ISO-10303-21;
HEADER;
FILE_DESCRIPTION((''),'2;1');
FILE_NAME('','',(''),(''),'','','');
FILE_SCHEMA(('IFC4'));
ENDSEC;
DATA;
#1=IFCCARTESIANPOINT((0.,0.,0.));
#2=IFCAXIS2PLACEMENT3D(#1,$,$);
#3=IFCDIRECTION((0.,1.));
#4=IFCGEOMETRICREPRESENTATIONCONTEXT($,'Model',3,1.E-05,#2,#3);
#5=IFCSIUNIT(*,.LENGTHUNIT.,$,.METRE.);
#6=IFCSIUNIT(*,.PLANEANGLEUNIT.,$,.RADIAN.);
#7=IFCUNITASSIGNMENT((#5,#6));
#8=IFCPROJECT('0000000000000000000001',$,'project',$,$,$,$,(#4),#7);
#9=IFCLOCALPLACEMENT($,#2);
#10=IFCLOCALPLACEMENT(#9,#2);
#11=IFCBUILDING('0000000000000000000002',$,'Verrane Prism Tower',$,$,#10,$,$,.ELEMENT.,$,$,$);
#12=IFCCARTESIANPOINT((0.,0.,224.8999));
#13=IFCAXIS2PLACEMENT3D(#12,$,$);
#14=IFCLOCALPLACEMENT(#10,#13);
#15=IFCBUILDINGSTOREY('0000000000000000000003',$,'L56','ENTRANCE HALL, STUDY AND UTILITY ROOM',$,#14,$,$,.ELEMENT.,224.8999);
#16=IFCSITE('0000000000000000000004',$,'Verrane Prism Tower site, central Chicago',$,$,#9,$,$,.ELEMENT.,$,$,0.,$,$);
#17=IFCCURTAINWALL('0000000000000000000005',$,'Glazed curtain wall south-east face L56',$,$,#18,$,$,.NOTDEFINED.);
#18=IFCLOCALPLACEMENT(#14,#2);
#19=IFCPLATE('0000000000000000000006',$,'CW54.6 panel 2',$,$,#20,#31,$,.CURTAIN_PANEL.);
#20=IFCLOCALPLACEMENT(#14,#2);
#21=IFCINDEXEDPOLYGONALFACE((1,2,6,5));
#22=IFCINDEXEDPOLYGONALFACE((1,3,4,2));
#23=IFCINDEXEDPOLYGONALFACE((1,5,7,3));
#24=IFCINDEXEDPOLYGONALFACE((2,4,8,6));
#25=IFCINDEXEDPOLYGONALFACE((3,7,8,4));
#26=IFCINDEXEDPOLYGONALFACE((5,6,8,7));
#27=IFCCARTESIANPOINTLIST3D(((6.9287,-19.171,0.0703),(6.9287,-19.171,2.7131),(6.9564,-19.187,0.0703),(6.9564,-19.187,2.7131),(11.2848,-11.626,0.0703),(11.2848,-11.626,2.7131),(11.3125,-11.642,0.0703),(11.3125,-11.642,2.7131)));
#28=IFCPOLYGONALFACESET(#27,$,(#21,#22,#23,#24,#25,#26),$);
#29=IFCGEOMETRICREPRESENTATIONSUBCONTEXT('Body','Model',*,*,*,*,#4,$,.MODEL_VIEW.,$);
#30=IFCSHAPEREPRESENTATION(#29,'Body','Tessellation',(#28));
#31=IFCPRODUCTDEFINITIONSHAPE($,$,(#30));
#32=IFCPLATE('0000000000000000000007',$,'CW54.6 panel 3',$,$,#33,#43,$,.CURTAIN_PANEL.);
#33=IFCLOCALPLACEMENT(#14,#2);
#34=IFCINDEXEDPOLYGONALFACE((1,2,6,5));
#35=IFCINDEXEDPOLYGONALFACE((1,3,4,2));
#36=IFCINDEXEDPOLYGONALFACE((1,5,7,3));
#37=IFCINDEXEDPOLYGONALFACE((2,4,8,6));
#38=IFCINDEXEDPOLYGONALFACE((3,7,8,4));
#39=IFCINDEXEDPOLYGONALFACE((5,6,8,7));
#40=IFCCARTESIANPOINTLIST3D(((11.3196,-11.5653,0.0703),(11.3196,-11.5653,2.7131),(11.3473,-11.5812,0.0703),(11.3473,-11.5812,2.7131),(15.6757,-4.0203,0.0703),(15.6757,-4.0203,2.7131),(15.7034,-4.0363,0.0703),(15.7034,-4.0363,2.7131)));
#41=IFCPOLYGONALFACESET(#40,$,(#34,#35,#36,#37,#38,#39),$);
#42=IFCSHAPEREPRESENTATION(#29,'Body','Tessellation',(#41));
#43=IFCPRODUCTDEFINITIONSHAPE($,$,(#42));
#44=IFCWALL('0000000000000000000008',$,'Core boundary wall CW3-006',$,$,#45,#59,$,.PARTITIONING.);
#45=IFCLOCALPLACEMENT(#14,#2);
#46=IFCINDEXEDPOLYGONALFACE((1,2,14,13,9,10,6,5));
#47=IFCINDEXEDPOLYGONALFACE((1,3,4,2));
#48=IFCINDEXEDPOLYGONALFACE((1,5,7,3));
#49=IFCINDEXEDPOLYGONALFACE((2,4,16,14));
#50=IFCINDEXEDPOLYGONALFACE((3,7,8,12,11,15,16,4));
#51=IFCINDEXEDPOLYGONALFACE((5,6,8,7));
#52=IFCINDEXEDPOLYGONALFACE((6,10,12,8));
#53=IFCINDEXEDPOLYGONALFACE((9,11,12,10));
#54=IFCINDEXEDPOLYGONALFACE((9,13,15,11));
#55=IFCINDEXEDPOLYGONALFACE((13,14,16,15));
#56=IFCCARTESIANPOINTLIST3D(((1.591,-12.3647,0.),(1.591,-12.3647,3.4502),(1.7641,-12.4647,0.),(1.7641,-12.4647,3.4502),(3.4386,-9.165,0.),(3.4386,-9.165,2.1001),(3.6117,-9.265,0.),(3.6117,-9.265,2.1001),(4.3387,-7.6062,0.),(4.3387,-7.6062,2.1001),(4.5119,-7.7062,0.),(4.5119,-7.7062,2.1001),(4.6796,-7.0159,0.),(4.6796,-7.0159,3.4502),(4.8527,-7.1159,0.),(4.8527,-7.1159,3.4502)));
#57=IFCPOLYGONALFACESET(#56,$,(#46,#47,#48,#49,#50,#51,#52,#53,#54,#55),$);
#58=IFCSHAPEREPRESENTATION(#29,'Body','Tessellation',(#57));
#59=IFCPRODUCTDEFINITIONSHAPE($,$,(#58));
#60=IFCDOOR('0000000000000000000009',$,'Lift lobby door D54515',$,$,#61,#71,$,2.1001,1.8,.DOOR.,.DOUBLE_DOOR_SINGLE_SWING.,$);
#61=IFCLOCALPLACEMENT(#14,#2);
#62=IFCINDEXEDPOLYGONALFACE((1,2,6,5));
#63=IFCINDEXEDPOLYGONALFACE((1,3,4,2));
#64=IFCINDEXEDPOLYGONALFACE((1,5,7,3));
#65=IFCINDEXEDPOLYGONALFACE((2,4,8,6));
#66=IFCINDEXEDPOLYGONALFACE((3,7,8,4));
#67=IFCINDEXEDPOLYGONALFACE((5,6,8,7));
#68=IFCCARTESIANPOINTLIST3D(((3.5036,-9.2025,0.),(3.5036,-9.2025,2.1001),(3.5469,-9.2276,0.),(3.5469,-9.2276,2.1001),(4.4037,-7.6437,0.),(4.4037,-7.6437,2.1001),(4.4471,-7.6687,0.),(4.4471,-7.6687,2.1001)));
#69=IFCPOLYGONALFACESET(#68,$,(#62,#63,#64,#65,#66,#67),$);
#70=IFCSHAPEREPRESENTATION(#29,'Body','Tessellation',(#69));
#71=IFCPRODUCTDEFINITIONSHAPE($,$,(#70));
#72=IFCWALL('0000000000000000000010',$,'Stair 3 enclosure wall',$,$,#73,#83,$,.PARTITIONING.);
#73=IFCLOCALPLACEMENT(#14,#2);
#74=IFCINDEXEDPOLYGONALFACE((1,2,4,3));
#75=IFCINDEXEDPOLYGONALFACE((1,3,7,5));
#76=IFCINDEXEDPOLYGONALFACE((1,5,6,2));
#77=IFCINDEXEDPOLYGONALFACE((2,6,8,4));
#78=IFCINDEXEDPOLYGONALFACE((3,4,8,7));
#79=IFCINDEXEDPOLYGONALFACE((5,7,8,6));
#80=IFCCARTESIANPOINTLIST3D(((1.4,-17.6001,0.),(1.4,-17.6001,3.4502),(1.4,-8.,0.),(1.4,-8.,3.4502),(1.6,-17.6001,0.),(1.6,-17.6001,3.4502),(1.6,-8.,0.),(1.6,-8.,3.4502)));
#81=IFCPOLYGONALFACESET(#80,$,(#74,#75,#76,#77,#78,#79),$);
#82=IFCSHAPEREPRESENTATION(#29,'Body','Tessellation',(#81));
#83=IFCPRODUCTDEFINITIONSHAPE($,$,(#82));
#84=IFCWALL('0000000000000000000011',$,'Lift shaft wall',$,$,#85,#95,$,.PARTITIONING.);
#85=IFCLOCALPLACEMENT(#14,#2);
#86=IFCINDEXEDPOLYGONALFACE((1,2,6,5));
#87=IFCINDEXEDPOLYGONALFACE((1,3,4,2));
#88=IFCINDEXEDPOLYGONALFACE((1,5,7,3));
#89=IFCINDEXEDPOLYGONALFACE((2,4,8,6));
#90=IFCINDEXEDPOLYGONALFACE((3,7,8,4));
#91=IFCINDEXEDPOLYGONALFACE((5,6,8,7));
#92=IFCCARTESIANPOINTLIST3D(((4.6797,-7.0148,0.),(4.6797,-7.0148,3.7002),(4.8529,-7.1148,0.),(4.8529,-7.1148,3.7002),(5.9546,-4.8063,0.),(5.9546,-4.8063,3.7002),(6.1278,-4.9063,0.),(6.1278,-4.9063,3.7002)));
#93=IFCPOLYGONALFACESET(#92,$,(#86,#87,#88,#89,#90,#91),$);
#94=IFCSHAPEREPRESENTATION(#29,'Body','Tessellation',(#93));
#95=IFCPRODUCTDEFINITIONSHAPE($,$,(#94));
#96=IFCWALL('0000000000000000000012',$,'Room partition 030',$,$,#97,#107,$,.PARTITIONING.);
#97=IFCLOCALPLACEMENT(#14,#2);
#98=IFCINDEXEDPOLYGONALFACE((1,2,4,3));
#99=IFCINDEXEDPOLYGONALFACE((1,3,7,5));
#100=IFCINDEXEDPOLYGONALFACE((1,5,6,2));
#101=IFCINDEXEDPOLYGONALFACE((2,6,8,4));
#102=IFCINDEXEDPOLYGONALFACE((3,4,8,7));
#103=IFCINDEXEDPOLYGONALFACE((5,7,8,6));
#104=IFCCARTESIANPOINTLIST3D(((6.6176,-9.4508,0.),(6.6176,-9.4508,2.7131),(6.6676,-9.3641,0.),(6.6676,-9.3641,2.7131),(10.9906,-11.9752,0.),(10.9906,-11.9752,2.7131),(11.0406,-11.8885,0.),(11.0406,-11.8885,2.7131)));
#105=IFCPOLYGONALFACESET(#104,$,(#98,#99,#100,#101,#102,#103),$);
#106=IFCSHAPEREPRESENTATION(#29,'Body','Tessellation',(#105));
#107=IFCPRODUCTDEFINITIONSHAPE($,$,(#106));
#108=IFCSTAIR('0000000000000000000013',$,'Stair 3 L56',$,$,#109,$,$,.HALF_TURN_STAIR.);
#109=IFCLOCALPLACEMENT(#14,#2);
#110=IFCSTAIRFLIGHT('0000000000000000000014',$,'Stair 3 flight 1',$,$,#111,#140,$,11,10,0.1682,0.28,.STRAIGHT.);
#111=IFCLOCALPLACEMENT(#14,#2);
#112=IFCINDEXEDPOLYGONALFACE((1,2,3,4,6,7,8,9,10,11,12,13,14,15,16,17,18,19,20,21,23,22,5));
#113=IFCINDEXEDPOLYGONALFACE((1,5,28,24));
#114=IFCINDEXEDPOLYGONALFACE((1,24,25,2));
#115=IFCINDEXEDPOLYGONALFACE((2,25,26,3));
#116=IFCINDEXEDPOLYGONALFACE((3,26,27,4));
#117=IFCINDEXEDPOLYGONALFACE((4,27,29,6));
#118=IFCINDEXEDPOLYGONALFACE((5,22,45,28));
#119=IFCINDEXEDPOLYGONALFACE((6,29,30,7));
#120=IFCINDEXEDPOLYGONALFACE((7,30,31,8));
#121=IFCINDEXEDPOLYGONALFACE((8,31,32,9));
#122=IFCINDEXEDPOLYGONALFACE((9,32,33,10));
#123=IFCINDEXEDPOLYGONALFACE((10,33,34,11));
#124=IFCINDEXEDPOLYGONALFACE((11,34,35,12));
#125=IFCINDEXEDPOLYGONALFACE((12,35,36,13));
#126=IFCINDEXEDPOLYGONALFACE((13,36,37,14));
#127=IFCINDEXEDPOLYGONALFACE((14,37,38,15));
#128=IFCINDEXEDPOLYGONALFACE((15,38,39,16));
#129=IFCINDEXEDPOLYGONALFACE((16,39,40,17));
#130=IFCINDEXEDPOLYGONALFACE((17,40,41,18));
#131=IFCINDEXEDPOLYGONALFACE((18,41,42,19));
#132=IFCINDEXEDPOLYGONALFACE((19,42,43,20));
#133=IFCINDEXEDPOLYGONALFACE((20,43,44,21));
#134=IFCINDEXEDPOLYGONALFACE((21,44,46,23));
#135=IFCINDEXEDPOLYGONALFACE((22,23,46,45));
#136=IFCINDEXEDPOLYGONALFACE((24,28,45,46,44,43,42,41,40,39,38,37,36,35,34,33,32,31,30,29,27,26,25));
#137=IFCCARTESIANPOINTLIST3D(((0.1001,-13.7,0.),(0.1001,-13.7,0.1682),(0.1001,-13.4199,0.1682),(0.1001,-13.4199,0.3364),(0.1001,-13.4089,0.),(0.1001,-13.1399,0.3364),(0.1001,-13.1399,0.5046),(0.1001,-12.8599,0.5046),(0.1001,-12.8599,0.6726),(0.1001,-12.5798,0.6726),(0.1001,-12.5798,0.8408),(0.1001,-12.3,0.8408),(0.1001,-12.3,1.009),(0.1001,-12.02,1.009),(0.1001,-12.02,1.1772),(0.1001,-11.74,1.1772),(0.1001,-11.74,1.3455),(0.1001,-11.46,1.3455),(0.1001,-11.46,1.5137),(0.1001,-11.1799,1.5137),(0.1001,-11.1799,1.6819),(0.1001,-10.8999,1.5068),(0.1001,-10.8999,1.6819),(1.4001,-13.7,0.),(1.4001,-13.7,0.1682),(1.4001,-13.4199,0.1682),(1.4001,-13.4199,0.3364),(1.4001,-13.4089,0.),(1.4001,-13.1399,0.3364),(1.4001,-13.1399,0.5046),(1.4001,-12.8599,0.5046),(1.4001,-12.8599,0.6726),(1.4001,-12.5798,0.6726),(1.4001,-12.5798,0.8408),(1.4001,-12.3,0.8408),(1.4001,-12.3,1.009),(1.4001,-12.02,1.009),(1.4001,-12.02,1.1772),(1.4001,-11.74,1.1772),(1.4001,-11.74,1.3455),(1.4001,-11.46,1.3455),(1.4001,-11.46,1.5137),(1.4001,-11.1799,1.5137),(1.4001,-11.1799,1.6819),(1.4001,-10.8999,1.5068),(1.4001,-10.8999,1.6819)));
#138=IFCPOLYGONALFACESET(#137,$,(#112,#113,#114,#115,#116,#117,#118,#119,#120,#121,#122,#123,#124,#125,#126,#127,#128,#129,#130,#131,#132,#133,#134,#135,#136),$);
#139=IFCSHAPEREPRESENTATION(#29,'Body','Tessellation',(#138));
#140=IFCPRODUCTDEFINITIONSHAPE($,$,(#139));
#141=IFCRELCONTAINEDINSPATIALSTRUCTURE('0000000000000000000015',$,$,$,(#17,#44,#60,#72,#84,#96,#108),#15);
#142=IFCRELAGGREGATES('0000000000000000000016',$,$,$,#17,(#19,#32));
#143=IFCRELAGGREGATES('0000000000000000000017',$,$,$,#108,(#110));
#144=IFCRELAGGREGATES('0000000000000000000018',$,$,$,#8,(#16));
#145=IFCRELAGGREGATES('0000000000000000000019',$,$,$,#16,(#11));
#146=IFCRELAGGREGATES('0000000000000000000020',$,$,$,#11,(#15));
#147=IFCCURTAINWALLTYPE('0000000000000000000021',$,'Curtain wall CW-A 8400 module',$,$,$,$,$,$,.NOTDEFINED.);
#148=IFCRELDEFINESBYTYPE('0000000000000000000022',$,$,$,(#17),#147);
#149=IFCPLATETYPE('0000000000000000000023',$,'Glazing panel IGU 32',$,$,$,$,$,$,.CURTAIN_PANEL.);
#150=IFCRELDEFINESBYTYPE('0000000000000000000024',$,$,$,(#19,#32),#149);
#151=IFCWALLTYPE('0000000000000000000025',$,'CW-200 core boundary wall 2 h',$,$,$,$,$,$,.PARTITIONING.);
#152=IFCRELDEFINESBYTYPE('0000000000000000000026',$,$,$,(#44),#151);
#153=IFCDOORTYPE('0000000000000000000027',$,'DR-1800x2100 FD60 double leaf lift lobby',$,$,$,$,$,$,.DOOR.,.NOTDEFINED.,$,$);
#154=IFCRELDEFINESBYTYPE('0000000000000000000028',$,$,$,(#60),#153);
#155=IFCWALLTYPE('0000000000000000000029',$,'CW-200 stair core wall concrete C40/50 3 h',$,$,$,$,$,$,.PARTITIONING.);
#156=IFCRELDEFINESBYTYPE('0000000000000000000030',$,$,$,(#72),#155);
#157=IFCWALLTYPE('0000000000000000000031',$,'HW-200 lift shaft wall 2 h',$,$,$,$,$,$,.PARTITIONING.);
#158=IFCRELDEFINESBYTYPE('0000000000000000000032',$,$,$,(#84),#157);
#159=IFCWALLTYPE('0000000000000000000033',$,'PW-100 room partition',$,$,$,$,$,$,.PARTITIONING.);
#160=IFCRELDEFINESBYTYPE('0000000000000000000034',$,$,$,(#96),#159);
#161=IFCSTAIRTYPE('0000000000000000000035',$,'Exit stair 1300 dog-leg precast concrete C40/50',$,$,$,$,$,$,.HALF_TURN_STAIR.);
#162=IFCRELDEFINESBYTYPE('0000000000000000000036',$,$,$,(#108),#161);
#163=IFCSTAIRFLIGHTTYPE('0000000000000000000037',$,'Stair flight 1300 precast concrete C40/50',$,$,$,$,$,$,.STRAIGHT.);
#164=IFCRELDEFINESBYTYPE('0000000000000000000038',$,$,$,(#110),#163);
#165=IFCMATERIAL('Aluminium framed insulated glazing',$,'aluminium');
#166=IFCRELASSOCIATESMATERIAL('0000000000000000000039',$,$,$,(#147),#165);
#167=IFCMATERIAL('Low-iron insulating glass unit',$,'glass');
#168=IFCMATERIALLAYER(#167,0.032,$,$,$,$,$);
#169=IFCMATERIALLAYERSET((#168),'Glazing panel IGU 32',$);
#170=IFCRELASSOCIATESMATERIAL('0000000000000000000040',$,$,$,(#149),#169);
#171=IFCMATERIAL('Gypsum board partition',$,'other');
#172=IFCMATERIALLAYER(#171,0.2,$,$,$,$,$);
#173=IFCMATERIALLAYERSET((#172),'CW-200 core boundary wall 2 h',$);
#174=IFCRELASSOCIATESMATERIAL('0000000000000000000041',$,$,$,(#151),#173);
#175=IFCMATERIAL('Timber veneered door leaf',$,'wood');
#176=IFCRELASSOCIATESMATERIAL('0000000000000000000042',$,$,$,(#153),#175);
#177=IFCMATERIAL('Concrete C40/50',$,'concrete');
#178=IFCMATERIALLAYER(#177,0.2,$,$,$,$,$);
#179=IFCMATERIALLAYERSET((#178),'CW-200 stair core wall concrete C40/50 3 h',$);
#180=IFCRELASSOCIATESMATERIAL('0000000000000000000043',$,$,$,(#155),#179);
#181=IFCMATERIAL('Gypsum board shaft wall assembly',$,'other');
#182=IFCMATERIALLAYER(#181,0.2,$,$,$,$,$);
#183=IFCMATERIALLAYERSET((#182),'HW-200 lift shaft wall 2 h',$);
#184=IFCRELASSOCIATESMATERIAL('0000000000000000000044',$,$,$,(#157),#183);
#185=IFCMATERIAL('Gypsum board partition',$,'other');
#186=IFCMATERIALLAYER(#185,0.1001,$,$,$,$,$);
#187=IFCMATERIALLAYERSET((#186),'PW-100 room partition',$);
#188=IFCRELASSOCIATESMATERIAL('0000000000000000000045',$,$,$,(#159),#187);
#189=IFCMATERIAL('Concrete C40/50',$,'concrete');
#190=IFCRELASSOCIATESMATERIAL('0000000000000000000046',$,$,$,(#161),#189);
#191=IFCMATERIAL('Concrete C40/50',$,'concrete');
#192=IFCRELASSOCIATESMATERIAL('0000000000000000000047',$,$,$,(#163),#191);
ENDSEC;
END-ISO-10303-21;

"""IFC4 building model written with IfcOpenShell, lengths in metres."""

from ifc_helpers import new_model, si_unit, direction, frame, frame_2d, origin, origin_2d, place, context, subcontext, project, spatial, polyline, rectangle, outline, extrude, material, layer, layer_set, type_object, element, fill, aggregate, save


model = new_model("IFC4")

# Units and contexts
model_context = context("Model", 3, precision=1e-05, world=origin(), true_north=direction((0.0, 1.0)))
body_context = subcontext(model_context, "Body", "Model", "MODEL_VIEW")
ifc_project = project(units=[si_unit("LENGTHUNIT", "METRE"), si_unit("PLANEANGLEUNIT", "RADIAN")], contexts=[model_context])

# Site, building, storey
site_placement = place(None, origin())
site = spatial("IfcSite", under=ifc_project, at=site_placement, Name="Verrane Prism Tower site, central Chicago", CompositionType="ELEMENT", RefElevation=0.0)
building_placement = place(site_placement, origin())
building = spatial("IfcBuilding", under=site, at=building_placement, Name="Verrane Prism Tower", CompositionType="ELEMENT")
storey_placement = place(building_placement, frame((0.0, 0.0, 224.8999)))
storey = spatial("IfcBuildingStorey", under=building, at=storey_placement, Name="L56", Description="ENTRANCE HALL, STUDY AND UTILITY ROOM", CompositionType="ELEMENT", Elevation=224.8999)

# Curtain wall
ifc_material_1 = material(Name="Aluminium framed insulated glazing", Category="aluminium")
curtain_wall_type = type_object("IfcCurtainWallType", Name="Curtain wall CW-A 8400 module", PredefinedType="NOTDEFINED", material=ifc_material_1)
curtain_wall_placement = place(storey_placement, origin())
curtain_wall = element("IfcCurtainWall", 1, at=curtain_wall_placement, inside=storey, type_object=curtain_wall_type, Name="Glazed curtain wall south-east face L56", PredefinedType="NOTDEFINED")

# Plates
ifc_material_2 = material(Name="Low-iron insulating glass unit", Category="glass")
ifc_layer_1 = layer(ifc_material_2, 0.032)
ifc_layer_set_1 = layer_set([ifc_layer_1], Name="Glazing panel IGU 32")
plate_type = type_object("IfcPlateType", Name="Glazing panel IGU 32", PredefinedType="CURTAIN_PANEL", material=ifc_layer_set_1)
plate_1_placement = place(storey_placement, frame((9.1206, -15.4065, 0.0703), z_axis=(0.0, 0.0, 1.0), x_axis=(0.500001, 0.866025, 0.0)))
plate_1 = element("IfcPlate", 2, at=plate_1_placement, type_object=plate_type, Name="CW54.6 panel 2", PredefinedType="CURTAIN_PANEL", context=body_context, shape_type="SweptSolid", body=[
    extrude(rectangle(XDim=8.7122, YDim=0.032, at=origin_2d()), origin(), (0.0, 0.0, 1.0), 2.6428),
])
plate_2_placement = place(storey_placement, frame((13.5115, -7.8008, 0.0703), z_axis=(0.0, 0.0, 1.0), x_axis=(0.500001, 0.866025, 0.0)))
plate_2 = element("IfcPlate", 3, at=plate_2_placement, type_object=plate_type, Name="CW54.6 panel 3", PredefinedType="CURTAIN_PANEL", context=body_context, shape_type="SweptSolid", body=[
    extrude(rectangle(XDim=8.7122, YDim=0.032, at=origin_2d()), origin(), (0.0, 0.0, 1.0), 2.6428),
])
aggregate(curtain_wall, [plate_1, plate_2])

# Wall, opening, door
ifc_material_3 = material(Name="Gypsum board partition", Category="other")
ifc_layer_2 = layer(ifc_material_3, 0.2)
ifc_layer_set_2 = layer_set([ifc_layer_2], Name="CW-200 core boundary wall 2 h")
wall_type_1 = type_object("IfcWallType", Name="CW-200 core boundary wall 2 h", PredefinedType="PARTITIONING", material=ifc_layer_set_2)
wall_1_placement = place(storey_placement, frame((1.6775, -12.4148, 0.0), z_axis=(0.0, 0.0, 1.0), x_axis=(0.500054, 0.865994, 0.0)))
wall_1 = element("IfcWall", 4, at=wall_1_placement, inside=storey, type_object=wall_type_1, Name="Core boundary wall CW3-006", PredefinedType="PARTITIONING", context=body_context, shape_type="SweptSolid", body=[
    extrude(rectangle(XDim=6.1765, YDim=0.2, at=frame_2d((3.0884, 0.0))), origin(), (0.0, 0.0, 1.0), 3.4502),
])
opening_placement = place(wall_1_placement, frame((3.6951, 0.0, 0.0)))
opening = element("IfcOpeningElement", 5, at=opening_placement, cuts=wall_1, PredefinedType="OPENING", context=body_context, shape_type="SweptSolid", body=[
    extrude(rectangle(XDim=1.8, YDim=2.1001, at=frame_2d((0.8999, 1.05))), frame((0.0, 0.1099, 0.0), z_axis=(0.0, -1.0, 0.0), x_axis=(1.0, 0.0, 0.0)), (0.0, 0.0, 1.0), 0.22),
])
ifc_material_4 = material(Name="Timber veneered door leaf", Category="wood")
door_type = type_object("IfcDoorType", Name="DR-1800x2100 FD60 double leaf lift lobby", OperationType="NOTDEFINED", PredefinedType="DOOR", material=ifc_material_4)
door_placement = place(opening_placement, origin())
door = element("IfcDoor", 6, at=door_placement, inside=storey, type_object=door_type, Name="Lift lobby door D54515", OperationType="DOUBLE_DOOR_SINGLE_SWING", OverallHeight=2.1001, OverallWidth=1.8, PredefinedType="DOOR", context=body_context, shape_type="SweptSolid", body=[
    extrude(rectangle(XDim=1.8, YDim=2.1001, at=frame_2d((0.8999, 1.05))), frame((0.0, 0.0249, 0.0), z_axis=(0.0, -1.0, 0.0), x_axis=(1.0, 0.0, 0.0)), (0.0, 0.0, 1.0), 0.05),
])
fill(opening, door)

# Walls
ifc_material_5 = material(Name="Concrete C40/50", Category="concrete")
ifc_layer_3 = layer(ifc_material_5, 0.2)
ifc_layer_set_3 = layer_set([ifc_layer_3], Name="CW-200 stair core wall concrete C40/50 3 h")
wall_type_2 = type_object("IfcWallType", Name="CW-200 stair core wall concrete C40/50 3 h", PredefinedType="PARTITIONING", material=ifc_layer_set_3)
wall_2_placement = place(storey_placement, frame((1.5, -8.0, 0.0), z_axis=(0.0, 0.0, 1.0), x_axis=(0.0, -1.0, 0.0)))
element("IfcWall", 7, at=wall_2_placement, inside=storey, type_object=wall_type_2, Name="Stair 3 enclosure wall", PredefinedType="PARTITIONING", context=body_context, shape_type="SweptSolid", body=[
    extrude(rectangle(XDim=9.6001, YDim=0.2, at=frame_2d((4.8, 0.0))), origin(), (0.0, 0.0, 1.0), 3.4502),
])
ifc_material_6 = material(Name="Gypsum board shaft wall assembly", Category="other")
ifc_layer_4 = layer(ifc_material_6, 0.2)
ifc_layer_set_4 = layer_set([ifc_layer_4], Name="HW-200 lift shaft wall 2 h")
wall_type_3 = type_object("IfcWallType", Name="HW-200 lift shaft wall 2 h", PredefinedType="PARTITIONING", material=ifc_layer_set_4)
wall_3_placement = place(storey_placement, frame((4.7664, -7.0647, 0.0), z_axis=(0.0, 0.0, 1.0), x_axis=(0.499949, 0.866055, 0.0)))
element("IfcWall", 8, at=wall_3_placement, inside=storey, type_object=wall_type_3, Name="Lift shaft wall", PredefinedType="PARTITIONING", context=body_context, shape_type="SweptSolid", body=[
    extrude(rectangle(XDim=2.55, YDim=0.2, at=frame_2d((1.2749, 0.0))), origin(), (0.0, 0.0, 1.0), 3.7002),
])
ifc_material_7 = material(Name="Gypsum board partition", Category="other")
ifc_layer_5 = layer(ifc_material_7, 0.1001)
ifc_layer_set_5 = layer_set([ifc_layer_5], Name="PW-100 room partition")
wall_type_4 = type_object("IfcWallType", Name="PW-100 room partition", PredefinedType="PARTITIONING", material=ifc_layer_set_5)
wall_4_placement = place(storey_placement, frame((6.6426, -9.4075, 0.0), z_axis=(0.0, 0.0, 1.0), x_axis=(0.866057, -0.499946, 0.0)))
element("IfcWall", 9, at=wall_4_placement, inside=storey, type_object=wall_type_4, Name="Room partition 030", PredefinedType="PARTITIONING", context=body_context, shape_type="SweptSolid", body=[
    extrude(rectangle(XDim=5.0493, YDim=0.1001, at=frame_2d((2.5247, 0.0))), origin(), (0.0, 0.0, 1.0), 2.7131),
])

# Stair, stair flight
ifc_material_8 = material(Name="Concrete C40/50", Category="concrete")
stair_type = type_object("IfcStairType", Name="Exit stair 1300 dog-leg precast concrete C40/50", PredefinedType="HALF_TURN_STAIR", material=ifc_material_8)
stair_placement = place(storey_placement, origin())
stair = element("IfcStair", 10, at=stair_placement, inside=storey, type_object=stair_type, Name="Stair 3 L56", PredefinedType="HALF_TURN_STAIR")
ifc_material_9 = material(Name="Concrete C40/50", Category="concrete")
stair_flight_type = type_object("IfcStairFlightType", Name="Stair flight 1300 precast concrete C40/50", PredefinedType="STRAIGHT", material=ifc_material_9)
stair_flight_placement = place(storey_placement, frame((0.75, -13.7, 0.0), z_axis=(0.0, 0.0, 1.0), x_axis=(0.0, 1.0, 0.0)))
stair_flight = element("IfcStairFlight", 11, at=stair_flight_placement, type_object=stair_flight_type, Name="Stair 3 flight 1", NumberOfRisers=11, NumberOfTreads=10, PredefinedType="STRAIGHT", RiserHeight=0.1682, TreadLength=0.28, context=body_context, shape_type="SweptSolid", body=[
    extrude(outline(polyline([(0.0, 0.0), (0.0, 0.1682), (0.28, 0.1682), (0.28, 0.3364), (0.5601, 0.3364), (0.5601, 0.5046), (0.8401, 0.5046), (0.8401, 0.6726), (1.1201, 0.6726), (1.1201, 0.8408), (1.3999, 0.8408), (1.3999, 1.009), (1.6799, 1.009), (1.6799, 1.1772), (1.96, 1.1772), (1.96, 1.3455), (2.24, 1.3455), (2.24, 1.5137), (2.52, 1.5137), (2.52, 1.6819), (2.8, 1.6819), (2.8, 1.8501), (2.8, 1.5068), (0.291, 0.0), (0.0, 0.0)])), frame((0.0, 0.6499, 0.0), z_axis=(0.0, -1.0, 0.0), x_axis=(1.0, 0.0, 0.0)), (0.0, 0.0, 1.0), 1.3),
])
aggregate(stair, [stair_flight])

save(model, "model.ifc")
